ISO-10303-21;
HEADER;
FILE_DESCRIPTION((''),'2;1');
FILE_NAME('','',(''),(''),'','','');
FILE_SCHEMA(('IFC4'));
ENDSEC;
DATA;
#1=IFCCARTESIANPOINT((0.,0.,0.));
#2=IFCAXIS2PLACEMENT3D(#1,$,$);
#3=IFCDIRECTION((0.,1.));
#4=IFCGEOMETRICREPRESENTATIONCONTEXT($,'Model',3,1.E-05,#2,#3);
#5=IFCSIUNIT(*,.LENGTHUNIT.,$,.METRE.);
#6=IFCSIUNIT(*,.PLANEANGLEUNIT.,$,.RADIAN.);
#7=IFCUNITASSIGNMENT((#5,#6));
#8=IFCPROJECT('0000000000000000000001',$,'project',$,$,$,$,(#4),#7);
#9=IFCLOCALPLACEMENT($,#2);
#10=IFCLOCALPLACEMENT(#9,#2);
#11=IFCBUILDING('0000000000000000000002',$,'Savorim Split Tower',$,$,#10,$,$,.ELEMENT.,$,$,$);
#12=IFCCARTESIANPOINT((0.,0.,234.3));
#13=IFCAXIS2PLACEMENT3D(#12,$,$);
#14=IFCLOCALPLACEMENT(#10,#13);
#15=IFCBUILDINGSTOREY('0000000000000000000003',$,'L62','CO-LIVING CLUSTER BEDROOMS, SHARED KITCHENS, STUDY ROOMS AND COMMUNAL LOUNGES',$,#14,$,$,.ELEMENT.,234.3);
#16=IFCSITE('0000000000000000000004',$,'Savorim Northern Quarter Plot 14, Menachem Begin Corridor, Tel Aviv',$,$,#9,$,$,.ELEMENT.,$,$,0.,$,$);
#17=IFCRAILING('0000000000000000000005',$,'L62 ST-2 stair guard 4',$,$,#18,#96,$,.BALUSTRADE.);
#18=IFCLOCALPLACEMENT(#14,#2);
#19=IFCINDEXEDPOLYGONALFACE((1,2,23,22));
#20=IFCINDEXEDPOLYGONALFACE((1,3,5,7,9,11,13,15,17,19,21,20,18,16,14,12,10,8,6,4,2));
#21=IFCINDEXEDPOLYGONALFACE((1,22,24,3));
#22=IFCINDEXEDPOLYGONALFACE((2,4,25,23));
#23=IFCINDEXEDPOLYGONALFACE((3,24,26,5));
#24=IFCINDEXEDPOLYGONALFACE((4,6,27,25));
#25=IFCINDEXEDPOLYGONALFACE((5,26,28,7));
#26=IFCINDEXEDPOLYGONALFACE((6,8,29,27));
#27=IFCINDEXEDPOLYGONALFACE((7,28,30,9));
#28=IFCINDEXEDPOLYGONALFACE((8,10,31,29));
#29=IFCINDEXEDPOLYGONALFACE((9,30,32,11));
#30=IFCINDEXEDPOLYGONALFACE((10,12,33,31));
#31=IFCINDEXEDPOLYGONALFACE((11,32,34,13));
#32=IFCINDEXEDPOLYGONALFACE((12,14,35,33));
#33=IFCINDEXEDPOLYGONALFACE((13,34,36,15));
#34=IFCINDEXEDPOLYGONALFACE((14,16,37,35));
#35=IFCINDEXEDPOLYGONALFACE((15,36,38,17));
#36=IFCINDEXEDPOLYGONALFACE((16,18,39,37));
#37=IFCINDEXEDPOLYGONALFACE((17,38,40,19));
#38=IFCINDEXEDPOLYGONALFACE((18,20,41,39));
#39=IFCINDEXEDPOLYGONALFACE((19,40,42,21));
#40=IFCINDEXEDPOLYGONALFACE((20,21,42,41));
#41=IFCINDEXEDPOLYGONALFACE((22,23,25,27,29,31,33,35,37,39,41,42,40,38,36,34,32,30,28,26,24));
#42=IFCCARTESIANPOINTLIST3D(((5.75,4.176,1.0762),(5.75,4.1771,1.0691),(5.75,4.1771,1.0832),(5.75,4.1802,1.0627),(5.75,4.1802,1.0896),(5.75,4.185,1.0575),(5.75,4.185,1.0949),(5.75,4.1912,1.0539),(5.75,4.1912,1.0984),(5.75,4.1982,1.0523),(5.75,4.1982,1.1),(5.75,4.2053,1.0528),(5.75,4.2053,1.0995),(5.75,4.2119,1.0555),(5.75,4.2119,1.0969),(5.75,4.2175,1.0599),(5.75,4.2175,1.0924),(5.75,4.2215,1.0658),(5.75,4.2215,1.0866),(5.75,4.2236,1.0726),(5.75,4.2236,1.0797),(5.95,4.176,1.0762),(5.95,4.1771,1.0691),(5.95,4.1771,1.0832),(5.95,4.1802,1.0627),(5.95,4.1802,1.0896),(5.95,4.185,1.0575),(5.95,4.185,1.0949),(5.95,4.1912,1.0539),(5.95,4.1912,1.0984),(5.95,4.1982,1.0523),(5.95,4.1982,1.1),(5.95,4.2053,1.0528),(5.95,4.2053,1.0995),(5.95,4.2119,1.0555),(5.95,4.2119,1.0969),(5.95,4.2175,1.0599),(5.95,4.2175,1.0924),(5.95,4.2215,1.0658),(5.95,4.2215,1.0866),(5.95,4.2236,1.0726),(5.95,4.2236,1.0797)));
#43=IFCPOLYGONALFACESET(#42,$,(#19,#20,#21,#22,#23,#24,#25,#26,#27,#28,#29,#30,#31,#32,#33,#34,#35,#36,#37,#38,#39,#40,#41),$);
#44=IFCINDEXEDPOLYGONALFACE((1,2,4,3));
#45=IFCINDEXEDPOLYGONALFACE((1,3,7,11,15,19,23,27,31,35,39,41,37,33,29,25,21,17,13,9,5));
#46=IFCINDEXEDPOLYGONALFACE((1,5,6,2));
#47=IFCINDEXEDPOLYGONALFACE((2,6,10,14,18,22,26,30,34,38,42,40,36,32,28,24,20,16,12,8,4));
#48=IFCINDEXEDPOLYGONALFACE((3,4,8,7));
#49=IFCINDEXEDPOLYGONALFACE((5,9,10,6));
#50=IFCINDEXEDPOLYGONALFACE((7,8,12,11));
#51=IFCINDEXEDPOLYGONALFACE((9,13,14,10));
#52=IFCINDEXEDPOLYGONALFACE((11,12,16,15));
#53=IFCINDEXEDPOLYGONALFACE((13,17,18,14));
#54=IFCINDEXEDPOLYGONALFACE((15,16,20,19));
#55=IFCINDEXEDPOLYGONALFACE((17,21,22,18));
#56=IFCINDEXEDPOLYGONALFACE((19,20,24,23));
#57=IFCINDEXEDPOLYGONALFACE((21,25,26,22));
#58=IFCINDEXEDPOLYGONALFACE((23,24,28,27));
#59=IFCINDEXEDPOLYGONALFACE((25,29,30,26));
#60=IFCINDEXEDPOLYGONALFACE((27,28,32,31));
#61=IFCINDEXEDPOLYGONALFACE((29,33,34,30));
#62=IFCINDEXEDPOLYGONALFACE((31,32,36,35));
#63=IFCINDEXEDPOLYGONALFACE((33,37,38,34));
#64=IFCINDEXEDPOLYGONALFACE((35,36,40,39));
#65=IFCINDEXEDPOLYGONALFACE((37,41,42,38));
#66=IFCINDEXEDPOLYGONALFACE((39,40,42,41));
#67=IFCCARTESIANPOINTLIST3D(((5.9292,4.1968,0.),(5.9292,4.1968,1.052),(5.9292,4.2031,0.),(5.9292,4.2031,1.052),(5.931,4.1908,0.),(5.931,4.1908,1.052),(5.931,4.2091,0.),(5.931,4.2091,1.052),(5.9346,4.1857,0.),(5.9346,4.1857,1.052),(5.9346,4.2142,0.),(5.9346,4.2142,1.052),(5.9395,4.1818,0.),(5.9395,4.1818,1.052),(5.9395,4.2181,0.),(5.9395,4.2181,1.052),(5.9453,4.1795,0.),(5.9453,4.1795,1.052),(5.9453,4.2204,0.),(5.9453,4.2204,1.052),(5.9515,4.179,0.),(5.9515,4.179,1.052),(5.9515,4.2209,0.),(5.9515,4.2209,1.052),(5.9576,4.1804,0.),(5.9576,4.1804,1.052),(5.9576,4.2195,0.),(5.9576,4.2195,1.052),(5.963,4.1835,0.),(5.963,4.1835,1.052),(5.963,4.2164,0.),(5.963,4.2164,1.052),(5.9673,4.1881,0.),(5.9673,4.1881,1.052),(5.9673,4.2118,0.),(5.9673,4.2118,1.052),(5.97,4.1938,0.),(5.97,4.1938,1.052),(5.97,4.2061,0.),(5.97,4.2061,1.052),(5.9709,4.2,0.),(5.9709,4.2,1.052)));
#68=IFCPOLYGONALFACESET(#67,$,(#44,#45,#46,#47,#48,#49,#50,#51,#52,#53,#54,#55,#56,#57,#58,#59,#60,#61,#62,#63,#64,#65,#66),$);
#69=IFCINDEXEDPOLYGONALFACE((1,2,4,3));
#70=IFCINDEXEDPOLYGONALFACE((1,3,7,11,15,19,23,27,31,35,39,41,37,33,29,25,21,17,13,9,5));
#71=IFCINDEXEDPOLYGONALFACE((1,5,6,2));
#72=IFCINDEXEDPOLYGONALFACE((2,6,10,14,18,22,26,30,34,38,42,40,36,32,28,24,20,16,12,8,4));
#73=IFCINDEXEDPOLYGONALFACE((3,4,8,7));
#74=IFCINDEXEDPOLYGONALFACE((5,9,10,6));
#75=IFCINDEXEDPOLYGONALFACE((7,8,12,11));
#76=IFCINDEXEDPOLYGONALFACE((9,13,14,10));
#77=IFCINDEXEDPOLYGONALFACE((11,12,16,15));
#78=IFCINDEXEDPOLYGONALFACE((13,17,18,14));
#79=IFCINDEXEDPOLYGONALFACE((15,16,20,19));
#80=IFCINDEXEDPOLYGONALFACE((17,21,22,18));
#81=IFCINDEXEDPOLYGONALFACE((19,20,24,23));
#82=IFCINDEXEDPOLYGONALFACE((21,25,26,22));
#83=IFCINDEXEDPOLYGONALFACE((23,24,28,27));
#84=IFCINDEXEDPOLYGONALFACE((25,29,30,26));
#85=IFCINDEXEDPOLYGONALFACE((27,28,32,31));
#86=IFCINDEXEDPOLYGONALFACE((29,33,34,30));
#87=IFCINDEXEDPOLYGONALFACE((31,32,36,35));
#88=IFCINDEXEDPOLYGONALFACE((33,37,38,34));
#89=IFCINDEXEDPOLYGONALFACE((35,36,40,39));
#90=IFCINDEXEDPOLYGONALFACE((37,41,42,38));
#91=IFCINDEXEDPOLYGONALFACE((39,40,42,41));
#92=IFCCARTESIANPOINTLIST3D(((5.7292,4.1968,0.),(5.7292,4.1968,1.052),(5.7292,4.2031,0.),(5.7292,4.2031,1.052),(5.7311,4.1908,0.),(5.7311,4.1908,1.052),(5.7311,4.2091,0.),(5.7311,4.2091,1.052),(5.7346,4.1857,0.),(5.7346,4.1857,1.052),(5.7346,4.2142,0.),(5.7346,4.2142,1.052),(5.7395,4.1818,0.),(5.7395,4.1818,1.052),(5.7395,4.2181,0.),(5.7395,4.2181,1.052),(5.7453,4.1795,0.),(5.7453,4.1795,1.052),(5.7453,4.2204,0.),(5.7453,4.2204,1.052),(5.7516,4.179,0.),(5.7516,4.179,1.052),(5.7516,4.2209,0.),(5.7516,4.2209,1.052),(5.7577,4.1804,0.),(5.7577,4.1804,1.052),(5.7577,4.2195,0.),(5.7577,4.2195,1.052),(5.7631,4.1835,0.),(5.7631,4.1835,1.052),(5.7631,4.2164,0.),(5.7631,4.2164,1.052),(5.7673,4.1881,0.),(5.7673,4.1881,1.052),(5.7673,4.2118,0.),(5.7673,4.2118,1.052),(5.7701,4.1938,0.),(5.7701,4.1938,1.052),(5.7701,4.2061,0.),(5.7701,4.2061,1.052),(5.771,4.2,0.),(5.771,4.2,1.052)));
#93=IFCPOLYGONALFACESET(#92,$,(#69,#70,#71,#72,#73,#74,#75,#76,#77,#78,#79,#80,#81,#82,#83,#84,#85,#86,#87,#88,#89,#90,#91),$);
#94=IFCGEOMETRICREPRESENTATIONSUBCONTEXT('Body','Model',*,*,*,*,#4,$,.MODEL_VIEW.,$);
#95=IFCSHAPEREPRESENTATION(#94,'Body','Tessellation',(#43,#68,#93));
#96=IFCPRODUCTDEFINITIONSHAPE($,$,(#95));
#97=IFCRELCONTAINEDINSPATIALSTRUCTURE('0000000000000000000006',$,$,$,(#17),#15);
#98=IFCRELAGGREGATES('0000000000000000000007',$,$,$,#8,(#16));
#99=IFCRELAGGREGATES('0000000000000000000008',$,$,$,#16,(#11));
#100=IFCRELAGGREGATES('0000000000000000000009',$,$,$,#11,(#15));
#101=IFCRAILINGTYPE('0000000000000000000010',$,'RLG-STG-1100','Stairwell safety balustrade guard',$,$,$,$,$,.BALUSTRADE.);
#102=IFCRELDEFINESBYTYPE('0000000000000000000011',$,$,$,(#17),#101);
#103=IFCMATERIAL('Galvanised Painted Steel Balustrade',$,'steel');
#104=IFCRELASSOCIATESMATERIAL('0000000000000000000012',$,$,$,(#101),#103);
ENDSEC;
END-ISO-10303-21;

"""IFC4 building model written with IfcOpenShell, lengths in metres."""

from ifc_helpers import new_model, si_unit, direction, frame, origin, origin_2d, place, context, subcontext, project, spatial, circle, extrude, material, type_object, element, save


model = new_model("IFC4")

# Units and contexts
model_context = context("Model", 3, precision=1e-05, world=origin(), true_north=direction((0.0, 1.0)))
body_context = subcontext(model_context, "Body", "Model", "MODEL_VIEW")
ifc_project = project(units=[si_unit("LENGTHUNIT", "METRE"), si_unit("PLANEANGLEUNIT", "RADIAN")], contexts=[model_context])

# Site, building, storey
site_placement = place(None, origin())
site = spatial("IfcSite", under=ifc_project, at=site_placement, Name="Savorim Northern Quarter Plot 14, Menachem Begin Corridor, Tel Aviv", CompositionType="ELEMENT", RefElevation=0.0)
building_placement = place(site_placement, origin())
building = spatial("IfcBuilding", under=site, at=building_placement, Name="Savorim Split Tower", CompositionType="ELEMENT")
storey_placement = place(building_placement, frame((0.0, 0.0, 234.3)))
storey = spatial("IfcBuildingStorey", under=building, at=storey_placement, Name="L62", Description="CO-LIVING CLUSTER BEDROOMS, SHARED KITCHENS, STUDY ROOMS AND COMMUNAL LOUNGES", CompositionType="ELEMENT", Elevation=234.3)

# Railing
ifc_material_1 = material(Name="Galvanised Painted Steel Balustrade", Category="steel")
railing_type_1 = type_object("IfcRailingType", Name="RLG-STG-1100", Description="Stairwell safety balustrade guard", PredefinedType="BALUSTRADE", material=ifc_material_1)
railing_1_placement = place(storey_placement, frame((5.95, 4.2, 0.0)))
element("IfcRailing", 1, at=railing_1_placement, inside=storey, type_object=railing_type_1, Name="L62 ST-2 stair guard 4", PredefinedType="BALUSTRADE", context=body_context, shape_type="SweptSolid", body=[
    extrude(circle(Radius=0.0239, at=origin_2d()), frame((0.0, 0.0, 1.0762), z_axis=(-1.0, 0.0, 0.0), x_axis=(0.0, -1.0, 0.0)), (0.0, 0.0, 1.0), 0.2),
    extrude(circle(Radius=0.021, at=origin_2d()), origin(), (0.0, 0.0, 1.0), 1.052),
    extrude(circle(Radius=0.021, at=origin_2d()), frame((-0.2, 0.0, 0.0)), (0.0, 0.0, 1.0), 1.052),
])

save(model, "model.ifc")
